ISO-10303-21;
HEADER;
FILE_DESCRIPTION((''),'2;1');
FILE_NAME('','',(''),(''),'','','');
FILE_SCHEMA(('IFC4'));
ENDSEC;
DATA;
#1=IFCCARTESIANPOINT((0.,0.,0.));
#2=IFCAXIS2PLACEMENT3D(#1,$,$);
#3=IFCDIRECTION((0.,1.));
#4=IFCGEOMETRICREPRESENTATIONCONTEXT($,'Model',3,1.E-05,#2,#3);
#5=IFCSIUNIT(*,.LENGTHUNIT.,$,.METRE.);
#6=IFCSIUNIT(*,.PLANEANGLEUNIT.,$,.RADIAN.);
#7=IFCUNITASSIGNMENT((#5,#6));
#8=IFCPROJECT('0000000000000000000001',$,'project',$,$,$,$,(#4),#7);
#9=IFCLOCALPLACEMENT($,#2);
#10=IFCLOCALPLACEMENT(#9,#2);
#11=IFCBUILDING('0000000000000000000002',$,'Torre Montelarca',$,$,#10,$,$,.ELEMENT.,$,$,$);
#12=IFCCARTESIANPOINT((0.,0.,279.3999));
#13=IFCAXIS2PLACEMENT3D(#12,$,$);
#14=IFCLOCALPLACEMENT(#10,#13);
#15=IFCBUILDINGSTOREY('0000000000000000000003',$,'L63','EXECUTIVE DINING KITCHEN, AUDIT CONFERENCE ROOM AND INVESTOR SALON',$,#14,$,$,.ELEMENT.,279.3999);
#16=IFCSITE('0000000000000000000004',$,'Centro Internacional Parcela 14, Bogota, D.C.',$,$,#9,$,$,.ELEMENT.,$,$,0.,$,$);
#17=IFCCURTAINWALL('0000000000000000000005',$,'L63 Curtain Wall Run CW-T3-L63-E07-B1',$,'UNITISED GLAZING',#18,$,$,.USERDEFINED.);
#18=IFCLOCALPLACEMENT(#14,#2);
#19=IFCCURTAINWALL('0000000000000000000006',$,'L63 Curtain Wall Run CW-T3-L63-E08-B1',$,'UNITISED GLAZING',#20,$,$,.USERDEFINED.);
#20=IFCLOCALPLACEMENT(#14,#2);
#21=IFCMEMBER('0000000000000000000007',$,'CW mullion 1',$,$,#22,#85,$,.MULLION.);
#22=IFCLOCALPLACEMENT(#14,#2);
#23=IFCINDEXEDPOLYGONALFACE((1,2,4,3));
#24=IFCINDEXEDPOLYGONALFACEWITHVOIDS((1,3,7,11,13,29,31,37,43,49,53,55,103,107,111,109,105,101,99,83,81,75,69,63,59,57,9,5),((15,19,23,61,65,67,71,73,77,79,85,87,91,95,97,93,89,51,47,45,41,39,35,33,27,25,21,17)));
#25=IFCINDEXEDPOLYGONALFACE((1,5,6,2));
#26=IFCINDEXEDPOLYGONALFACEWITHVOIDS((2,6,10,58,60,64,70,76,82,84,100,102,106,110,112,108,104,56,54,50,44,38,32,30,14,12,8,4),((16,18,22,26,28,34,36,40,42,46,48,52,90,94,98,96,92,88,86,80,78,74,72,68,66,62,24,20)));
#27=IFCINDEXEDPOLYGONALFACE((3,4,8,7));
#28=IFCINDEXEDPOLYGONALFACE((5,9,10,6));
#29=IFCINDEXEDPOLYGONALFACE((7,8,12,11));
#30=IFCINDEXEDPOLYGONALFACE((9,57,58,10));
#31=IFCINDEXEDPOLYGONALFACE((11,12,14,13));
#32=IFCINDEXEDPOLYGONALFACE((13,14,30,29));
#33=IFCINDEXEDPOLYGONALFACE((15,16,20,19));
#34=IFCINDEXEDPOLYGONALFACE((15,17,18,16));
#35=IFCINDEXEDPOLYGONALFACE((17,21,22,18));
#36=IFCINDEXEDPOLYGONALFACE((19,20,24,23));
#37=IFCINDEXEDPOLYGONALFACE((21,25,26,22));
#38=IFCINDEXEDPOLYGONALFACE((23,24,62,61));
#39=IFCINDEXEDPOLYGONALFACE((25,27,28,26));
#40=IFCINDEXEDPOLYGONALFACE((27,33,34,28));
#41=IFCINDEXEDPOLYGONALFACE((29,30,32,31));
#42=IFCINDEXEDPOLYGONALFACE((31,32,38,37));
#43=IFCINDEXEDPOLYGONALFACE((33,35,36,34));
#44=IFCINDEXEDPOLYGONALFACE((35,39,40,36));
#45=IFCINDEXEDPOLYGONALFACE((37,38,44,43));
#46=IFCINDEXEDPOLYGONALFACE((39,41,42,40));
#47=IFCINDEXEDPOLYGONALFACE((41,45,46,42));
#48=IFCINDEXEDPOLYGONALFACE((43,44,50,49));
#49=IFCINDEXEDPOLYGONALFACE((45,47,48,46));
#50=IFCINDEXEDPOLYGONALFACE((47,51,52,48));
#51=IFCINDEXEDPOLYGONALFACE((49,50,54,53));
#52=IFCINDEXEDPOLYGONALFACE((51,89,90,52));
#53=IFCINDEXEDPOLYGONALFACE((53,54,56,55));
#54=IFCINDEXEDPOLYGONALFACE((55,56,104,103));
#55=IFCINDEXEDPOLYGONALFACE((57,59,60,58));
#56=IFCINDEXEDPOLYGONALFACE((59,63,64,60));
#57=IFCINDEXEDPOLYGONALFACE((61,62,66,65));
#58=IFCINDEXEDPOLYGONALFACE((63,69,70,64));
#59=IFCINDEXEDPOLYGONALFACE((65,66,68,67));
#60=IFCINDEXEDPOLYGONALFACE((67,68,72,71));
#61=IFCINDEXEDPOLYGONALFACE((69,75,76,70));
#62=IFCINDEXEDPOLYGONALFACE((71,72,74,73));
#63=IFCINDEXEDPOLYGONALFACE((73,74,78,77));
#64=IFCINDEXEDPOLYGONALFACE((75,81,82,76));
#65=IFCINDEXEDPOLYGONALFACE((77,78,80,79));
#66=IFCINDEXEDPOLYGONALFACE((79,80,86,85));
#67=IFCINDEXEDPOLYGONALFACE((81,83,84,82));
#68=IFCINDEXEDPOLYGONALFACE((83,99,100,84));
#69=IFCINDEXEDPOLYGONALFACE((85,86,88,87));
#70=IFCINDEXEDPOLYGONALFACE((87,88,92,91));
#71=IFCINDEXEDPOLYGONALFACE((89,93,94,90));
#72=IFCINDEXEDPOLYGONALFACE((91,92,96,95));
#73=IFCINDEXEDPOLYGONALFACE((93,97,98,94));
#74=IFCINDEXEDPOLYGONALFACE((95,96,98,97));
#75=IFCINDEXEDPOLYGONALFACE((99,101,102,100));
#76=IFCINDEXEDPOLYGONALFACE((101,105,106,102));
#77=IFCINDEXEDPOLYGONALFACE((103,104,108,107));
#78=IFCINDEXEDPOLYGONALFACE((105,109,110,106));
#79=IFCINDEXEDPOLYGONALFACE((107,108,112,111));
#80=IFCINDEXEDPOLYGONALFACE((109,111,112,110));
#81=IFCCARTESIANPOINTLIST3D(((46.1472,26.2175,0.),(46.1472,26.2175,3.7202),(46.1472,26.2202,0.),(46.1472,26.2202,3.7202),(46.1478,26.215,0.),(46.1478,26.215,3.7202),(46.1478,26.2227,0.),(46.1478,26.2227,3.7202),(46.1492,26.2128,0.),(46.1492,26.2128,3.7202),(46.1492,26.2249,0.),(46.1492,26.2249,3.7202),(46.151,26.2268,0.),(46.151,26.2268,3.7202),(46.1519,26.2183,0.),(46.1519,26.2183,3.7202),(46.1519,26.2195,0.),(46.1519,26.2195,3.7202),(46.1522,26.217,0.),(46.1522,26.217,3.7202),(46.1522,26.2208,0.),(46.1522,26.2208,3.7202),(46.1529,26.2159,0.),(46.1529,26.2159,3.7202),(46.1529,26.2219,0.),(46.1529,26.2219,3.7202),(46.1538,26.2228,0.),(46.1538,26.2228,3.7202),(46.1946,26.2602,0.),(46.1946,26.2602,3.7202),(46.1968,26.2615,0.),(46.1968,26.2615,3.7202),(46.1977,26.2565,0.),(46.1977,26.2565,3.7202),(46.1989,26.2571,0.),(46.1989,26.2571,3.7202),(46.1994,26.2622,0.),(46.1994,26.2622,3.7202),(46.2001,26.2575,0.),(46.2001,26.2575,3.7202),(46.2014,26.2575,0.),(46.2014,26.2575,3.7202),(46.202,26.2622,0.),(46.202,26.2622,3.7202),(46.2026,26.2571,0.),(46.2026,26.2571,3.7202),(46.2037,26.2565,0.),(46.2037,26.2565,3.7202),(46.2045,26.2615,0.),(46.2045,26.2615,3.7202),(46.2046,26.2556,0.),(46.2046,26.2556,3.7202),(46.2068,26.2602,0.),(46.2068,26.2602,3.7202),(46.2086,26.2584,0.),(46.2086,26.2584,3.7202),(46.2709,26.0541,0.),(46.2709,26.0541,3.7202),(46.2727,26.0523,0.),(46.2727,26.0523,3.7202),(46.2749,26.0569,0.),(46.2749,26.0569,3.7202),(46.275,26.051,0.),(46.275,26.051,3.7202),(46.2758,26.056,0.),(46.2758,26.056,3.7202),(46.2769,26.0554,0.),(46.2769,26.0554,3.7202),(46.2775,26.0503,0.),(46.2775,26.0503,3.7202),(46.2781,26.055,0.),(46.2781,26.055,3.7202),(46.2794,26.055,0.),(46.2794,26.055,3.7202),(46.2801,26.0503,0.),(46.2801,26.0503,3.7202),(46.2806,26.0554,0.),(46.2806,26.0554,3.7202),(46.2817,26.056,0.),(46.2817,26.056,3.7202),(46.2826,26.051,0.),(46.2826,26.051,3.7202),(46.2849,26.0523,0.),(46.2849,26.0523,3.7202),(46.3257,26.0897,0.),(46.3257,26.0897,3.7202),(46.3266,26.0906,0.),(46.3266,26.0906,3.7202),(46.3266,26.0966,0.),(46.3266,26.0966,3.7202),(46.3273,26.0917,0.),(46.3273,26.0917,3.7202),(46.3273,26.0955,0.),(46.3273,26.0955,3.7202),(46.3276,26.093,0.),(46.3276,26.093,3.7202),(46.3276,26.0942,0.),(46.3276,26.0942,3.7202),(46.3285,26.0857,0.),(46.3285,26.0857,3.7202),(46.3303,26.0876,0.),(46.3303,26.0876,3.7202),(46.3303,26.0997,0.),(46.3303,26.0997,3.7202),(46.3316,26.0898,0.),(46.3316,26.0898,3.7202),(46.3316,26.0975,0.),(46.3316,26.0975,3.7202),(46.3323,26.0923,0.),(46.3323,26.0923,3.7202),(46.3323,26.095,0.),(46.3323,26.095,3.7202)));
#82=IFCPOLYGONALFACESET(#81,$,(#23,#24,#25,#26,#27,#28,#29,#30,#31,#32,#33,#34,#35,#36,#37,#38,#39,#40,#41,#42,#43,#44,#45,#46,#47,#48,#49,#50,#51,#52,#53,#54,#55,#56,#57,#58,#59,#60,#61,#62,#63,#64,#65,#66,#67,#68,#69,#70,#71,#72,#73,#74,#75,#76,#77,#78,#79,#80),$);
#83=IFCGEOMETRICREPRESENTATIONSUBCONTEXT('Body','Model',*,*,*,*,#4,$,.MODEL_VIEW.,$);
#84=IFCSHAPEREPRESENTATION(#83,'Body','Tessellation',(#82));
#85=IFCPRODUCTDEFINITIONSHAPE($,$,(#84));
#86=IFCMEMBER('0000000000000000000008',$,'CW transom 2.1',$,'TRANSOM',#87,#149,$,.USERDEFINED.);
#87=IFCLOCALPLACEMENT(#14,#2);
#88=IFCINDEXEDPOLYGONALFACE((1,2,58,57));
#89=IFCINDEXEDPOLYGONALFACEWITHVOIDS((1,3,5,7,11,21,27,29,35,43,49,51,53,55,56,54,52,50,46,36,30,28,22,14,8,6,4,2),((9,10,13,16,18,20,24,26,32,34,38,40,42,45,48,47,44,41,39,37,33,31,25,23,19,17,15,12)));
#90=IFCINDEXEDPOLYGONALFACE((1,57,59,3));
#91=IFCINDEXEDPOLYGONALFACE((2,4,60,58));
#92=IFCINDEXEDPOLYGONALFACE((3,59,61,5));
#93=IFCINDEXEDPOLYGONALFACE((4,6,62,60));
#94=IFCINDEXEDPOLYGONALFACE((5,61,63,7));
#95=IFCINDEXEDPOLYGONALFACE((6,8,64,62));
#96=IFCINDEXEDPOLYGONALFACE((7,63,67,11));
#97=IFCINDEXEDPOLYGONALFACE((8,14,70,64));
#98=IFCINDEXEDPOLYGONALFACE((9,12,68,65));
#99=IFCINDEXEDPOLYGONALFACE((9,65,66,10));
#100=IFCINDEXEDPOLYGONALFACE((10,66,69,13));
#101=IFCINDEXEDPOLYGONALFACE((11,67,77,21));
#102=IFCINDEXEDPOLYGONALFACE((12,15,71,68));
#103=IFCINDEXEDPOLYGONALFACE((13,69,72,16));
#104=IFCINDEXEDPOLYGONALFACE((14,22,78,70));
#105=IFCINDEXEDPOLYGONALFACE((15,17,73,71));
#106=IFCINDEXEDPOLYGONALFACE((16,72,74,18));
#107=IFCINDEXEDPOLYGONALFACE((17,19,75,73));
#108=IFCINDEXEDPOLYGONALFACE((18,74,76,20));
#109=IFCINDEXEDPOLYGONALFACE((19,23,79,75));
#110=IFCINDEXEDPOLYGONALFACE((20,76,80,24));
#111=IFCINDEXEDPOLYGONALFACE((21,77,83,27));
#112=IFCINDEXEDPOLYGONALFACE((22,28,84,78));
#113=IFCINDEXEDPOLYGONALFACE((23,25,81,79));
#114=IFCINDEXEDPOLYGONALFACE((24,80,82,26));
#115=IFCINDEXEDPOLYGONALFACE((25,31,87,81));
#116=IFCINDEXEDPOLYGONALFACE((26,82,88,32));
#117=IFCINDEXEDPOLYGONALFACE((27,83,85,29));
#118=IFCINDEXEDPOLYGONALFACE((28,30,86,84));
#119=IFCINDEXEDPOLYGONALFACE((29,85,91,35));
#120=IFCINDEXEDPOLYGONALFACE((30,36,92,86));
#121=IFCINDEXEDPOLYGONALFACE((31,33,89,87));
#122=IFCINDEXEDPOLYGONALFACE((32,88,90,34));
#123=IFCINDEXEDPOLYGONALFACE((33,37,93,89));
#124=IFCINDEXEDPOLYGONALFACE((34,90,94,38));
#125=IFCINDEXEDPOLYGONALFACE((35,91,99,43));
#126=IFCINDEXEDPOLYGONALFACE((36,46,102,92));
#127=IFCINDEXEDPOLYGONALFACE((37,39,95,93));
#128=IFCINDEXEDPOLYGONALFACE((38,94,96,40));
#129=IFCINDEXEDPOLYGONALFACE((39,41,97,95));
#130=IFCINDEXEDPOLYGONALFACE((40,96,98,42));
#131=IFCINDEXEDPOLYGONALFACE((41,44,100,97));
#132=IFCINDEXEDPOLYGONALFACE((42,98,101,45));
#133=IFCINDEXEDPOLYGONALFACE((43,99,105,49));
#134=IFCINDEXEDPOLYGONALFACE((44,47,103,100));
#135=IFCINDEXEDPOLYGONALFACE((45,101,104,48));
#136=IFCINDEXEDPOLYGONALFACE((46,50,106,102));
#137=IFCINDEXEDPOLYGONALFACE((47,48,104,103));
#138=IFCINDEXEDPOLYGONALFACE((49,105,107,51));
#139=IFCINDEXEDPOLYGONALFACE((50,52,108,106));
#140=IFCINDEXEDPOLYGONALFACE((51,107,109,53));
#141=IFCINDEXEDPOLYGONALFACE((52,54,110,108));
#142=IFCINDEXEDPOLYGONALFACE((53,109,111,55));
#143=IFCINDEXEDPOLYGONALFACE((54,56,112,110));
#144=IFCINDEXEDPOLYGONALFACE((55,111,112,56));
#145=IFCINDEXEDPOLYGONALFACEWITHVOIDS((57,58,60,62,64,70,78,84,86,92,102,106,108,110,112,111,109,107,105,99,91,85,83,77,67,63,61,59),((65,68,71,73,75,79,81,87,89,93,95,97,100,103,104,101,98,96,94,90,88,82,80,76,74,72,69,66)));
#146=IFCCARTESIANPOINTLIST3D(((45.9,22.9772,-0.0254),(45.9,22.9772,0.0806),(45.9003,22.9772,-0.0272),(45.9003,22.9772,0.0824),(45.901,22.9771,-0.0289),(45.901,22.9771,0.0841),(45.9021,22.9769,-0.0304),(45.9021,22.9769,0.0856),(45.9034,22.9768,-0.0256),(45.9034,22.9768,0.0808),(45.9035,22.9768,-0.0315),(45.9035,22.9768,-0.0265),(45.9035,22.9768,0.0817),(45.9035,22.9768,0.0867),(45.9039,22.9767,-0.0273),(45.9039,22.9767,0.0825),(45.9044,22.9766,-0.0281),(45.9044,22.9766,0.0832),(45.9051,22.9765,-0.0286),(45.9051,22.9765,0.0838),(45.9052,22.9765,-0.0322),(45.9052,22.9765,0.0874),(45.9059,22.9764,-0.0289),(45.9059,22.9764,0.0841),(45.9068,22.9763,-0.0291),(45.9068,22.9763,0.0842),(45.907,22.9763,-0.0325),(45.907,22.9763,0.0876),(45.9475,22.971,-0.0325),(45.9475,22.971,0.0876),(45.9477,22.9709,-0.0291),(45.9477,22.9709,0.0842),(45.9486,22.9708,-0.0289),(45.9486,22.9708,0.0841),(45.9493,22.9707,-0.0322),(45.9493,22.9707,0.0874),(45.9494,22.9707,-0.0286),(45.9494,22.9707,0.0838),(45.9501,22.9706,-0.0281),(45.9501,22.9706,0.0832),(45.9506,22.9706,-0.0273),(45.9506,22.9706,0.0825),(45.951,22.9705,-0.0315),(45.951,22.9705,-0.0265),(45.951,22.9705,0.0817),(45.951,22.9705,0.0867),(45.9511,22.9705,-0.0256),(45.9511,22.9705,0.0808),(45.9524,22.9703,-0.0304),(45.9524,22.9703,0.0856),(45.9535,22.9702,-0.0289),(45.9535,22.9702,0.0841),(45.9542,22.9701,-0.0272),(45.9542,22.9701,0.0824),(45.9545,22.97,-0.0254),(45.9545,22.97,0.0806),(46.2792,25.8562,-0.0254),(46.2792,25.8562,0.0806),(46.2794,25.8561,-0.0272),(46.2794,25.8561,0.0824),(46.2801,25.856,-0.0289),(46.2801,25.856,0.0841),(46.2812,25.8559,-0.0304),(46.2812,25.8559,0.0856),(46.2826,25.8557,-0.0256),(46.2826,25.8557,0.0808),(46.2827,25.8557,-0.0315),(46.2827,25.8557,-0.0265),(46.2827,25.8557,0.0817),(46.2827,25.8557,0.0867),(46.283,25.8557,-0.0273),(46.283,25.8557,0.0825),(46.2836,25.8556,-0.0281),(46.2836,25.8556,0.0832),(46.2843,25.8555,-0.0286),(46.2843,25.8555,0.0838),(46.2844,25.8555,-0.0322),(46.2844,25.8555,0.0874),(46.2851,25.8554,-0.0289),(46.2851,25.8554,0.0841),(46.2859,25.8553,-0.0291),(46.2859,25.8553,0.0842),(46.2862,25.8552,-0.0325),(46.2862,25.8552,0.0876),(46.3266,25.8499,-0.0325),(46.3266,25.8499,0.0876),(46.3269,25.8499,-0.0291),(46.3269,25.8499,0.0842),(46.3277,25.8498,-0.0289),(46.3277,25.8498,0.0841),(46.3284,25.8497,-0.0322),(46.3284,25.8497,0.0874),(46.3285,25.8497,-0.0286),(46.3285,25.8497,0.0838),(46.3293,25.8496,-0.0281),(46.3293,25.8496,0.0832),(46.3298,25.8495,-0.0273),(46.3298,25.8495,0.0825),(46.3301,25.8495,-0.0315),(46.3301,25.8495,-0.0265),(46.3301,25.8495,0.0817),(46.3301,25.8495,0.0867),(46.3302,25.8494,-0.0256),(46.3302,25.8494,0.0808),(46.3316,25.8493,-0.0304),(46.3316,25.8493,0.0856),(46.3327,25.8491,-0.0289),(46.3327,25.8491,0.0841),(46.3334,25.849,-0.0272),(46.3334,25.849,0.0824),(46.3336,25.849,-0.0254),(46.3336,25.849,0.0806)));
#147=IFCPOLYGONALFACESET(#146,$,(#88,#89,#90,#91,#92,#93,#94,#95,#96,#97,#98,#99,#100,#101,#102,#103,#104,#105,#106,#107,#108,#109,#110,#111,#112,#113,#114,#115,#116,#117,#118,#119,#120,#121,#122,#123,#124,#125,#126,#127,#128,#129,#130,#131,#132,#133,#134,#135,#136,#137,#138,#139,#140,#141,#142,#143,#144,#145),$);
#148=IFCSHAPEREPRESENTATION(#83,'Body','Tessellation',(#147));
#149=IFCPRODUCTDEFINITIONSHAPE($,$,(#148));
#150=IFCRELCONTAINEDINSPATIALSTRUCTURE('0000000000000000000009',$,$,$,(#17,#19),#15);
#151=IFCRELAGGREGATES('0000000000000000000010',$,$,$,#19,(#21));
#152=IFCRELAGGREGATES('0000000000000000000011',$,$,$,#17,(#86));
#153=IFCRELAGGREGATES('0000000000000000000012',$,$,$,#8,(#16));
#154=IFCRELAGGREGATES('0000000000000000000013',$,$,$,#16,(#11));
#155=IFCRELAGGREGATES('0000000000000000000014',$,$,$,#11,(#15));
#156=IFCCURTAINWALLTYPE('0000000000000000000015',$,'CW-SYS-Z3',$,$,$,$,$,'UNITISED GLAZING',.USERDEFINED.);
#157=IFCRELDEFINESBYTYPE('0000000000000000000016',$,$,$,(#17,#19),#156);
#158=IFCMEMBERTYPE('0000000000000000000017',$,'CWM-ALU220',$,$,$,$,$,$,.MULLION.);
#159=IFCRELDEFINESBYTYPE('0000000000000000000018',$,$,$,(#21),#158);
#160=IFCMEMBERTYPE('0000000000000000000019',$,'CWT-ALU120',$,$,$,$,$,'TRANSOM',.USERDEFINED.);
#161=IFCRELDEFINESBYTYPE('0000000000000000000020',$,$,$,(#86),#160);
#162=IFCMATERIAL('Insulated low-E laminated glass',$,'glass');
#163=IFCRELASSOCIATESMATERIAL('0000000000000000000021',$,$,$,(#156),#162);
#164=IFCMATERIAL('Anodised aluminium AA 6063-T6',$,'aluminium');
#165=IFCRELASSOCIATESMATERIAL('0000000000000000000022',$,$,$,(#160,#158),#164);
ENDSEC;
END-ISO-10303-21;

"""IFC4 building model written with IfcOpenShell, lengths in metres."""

from ifc_helpers import new_model, si_unit, direction, frame, origin, origin_2d, place, context, subcontext, project, spatial, hollow_rectangle, extrude, source, transform, mapped, material, material_profile, profile_set, type_object, element, aggregate, save


model = new_model("IFC4")

# Units and contexts
model_context = context("Model", 3, precision=1e-05, world=origin(), true_north=direction((0.0, 1.0)))
body_context = subcontext(model_context, "Body", "Model", "MODEL_VIEW")
ifc_project = project(units=[si_unit("LENGTHUNIT", "METRE"), si_unit("PLANEANGLEUNIT", "RADIAN")], contexts=[model_context])

# Site, building, storey
site_placement = place(None, origin())
site = spatial("IfcSite", under=ifc_project, at=site_placement, Name="Centro Internacional Parcela 14, Bogota, D.C.", CompositionType="ELEMENT", RefElevation=0.0)
building_placement = place(site_placement, origin())
building = spatial("IfcBuilding", under=site, at=building_placement, Name="Torre Montelarca", CompositionType="ELEMENT")
storey_placement = place(building_placement, frame((0.0, 0.0, 279.3999)))
storey = spatial("IfcBuildingStorey", under=building, at=storey_placement, Name="L63", Description="EXECUTIVE DINING KITCHEN, AUDIT CONFERENCE ROOM AND INVESTOR SALON", CompositionType="ELEMENT", Elevation=279.3999)

# Curtain wall
ifc_material_1 = material(Name="Insulated low-E laminated glass", Category="glass")
curtain_wall_type = type_object("IfcCurtainWallType", Name="CW-SYS-Z3", ElementType="UNITISED GLAZING", PredefinedType="USERDEFINED", material=ifc_material_1)
curtain_wall_1_placement = place(storey_placement, origin())
curtain_wall_1 = element("IfcCurtainWall", 1, at=curtain_wall_1_placement, inside=storey, type_object=curtain_wall_type, Name="L63 Curtain Wall Run CW-T3-L63-E07-B1", ObjectType="UNITISED GLAZING", PredefinedType="USERDEFINED")
ifc_material_2 = material(Name="Anodised aluminium AA 6063-T6", Category="aluminium")
ifc_material_profile_1 = material_profile(ifc_material_2, hollow_rectangle(XDim=0.0549, YDim=0.1201, WallThickness=0.0034, InnerFilletRadius=0.0034, OuterFilletRadius=0.0071, at=origin_2d()), Name="ALU55X120X3.5", Category="aluminium")
ifc_profile_set_1 = profile_set([ifc_material_profile_1], Name="Anodised aluminium AA 6063-T6")
member_type_1 = type_object("IfcMemberType", Name="CWT-ALU120", ElementType="TRANSOM", PredefinedType="USERDEFINED", material=ifc_profile_set_1)
ifc_material_profile_2 = material_profile(ifc_material_2, hollow_rectangle(XDim=0.075, YDim=0.22, WallThickness=0.0049, InnerFilletRadius=0.0049, OuterFilletRadius=0.01, at=origin_2d()), Name="ALU75X220X5", Category="aluminium")
ifc_profile_set_2 = profile_set([ifc_material_profile_2], Name="Anodised aluminium AA 6063-T6")
member_type_2 = type_object("IfcMemberType", Name="CWM-ALU220", PredefinedType="MULLION", material=ifc_profile_set_2)
shared_shape_1 = source(origin(), body_context, "Body", "SweptSolid", [
    extrude(hollow_rectangle(XDim=0.075, YDim=0.22, WallThickness=0.0049, InnerFilletRadius=0.0049, OuterFilletRadius=0.01, at=origin_2d()), origin(), (0.0, 0.0, 1.0), 3.7202),
])

# Curtain wall, member
curtain_wall_2_placement = place(storey_placement, origin())
curtain_wall_2 = element("IfcCurtainWall", 2, at=curtain_wall_2_placement, inside=storey, type_object=curtain_wall_type, Name="L63 Curtain Wall Run CW-T3-L63-E08-B1", ObjectType="UNITISED GLAZING", PredefinedType="USERDEFINED")
member_1_placement = place(storey_placement, frame((46.2397, 26.1562, 0.0), z_axis=(0.0, 0.0, 1.0), x_axis=(-0.793354, -0.608761, 0.0)))
member_1 = element("IfcMember", 3, at=member_1_placement, type_object=member_type_2, Name="CW mullion 1", PredefinedType="MULLION", context=body_context, shape_type="MappedRepresentation", body=[
    mapped(shared_shape_1, transform((0.0, 0.0, 0.0), scale=1.0)),
])

# Member
shared_shape_2 = source(origin(), body_context, "Body", "SweptSolid", [
    extrude(hollow_rectangle(XDim=0.0549, YDim=0.1201, WallThickness=0.0034, InnerFilletRadius=0.0034, OuterFilletRadius=0.0071, at=origin_2d()), origin(), (0.0, 0.0, 1.0), 2.9038),
])
member_2_placement = place(storey_placement, frame((45.9272, 22.9736, 0.0276), z_axis=(0.130572, 0.991439, 0.0), x_axis=(-0.991439, 0.130572, 0.0)))
member_2 = element("IfcMember", 4, at=member_2_placement, type_object=member_type_1, Name="CW transom 2.1", ObjectType="TRANSOM", PredefinedType="USERDEFINED", context=body_context, shape_type="MappedRepresentation", body=[
    mapped(shared_shape_2, transform((0.0, 0.0, 0.0), scale=1.0)),
])
aggregate(curtain_wall_2, [member_1])

aggregate(curtain_wall_1, [member_2])

save(model, "model.ifc")
